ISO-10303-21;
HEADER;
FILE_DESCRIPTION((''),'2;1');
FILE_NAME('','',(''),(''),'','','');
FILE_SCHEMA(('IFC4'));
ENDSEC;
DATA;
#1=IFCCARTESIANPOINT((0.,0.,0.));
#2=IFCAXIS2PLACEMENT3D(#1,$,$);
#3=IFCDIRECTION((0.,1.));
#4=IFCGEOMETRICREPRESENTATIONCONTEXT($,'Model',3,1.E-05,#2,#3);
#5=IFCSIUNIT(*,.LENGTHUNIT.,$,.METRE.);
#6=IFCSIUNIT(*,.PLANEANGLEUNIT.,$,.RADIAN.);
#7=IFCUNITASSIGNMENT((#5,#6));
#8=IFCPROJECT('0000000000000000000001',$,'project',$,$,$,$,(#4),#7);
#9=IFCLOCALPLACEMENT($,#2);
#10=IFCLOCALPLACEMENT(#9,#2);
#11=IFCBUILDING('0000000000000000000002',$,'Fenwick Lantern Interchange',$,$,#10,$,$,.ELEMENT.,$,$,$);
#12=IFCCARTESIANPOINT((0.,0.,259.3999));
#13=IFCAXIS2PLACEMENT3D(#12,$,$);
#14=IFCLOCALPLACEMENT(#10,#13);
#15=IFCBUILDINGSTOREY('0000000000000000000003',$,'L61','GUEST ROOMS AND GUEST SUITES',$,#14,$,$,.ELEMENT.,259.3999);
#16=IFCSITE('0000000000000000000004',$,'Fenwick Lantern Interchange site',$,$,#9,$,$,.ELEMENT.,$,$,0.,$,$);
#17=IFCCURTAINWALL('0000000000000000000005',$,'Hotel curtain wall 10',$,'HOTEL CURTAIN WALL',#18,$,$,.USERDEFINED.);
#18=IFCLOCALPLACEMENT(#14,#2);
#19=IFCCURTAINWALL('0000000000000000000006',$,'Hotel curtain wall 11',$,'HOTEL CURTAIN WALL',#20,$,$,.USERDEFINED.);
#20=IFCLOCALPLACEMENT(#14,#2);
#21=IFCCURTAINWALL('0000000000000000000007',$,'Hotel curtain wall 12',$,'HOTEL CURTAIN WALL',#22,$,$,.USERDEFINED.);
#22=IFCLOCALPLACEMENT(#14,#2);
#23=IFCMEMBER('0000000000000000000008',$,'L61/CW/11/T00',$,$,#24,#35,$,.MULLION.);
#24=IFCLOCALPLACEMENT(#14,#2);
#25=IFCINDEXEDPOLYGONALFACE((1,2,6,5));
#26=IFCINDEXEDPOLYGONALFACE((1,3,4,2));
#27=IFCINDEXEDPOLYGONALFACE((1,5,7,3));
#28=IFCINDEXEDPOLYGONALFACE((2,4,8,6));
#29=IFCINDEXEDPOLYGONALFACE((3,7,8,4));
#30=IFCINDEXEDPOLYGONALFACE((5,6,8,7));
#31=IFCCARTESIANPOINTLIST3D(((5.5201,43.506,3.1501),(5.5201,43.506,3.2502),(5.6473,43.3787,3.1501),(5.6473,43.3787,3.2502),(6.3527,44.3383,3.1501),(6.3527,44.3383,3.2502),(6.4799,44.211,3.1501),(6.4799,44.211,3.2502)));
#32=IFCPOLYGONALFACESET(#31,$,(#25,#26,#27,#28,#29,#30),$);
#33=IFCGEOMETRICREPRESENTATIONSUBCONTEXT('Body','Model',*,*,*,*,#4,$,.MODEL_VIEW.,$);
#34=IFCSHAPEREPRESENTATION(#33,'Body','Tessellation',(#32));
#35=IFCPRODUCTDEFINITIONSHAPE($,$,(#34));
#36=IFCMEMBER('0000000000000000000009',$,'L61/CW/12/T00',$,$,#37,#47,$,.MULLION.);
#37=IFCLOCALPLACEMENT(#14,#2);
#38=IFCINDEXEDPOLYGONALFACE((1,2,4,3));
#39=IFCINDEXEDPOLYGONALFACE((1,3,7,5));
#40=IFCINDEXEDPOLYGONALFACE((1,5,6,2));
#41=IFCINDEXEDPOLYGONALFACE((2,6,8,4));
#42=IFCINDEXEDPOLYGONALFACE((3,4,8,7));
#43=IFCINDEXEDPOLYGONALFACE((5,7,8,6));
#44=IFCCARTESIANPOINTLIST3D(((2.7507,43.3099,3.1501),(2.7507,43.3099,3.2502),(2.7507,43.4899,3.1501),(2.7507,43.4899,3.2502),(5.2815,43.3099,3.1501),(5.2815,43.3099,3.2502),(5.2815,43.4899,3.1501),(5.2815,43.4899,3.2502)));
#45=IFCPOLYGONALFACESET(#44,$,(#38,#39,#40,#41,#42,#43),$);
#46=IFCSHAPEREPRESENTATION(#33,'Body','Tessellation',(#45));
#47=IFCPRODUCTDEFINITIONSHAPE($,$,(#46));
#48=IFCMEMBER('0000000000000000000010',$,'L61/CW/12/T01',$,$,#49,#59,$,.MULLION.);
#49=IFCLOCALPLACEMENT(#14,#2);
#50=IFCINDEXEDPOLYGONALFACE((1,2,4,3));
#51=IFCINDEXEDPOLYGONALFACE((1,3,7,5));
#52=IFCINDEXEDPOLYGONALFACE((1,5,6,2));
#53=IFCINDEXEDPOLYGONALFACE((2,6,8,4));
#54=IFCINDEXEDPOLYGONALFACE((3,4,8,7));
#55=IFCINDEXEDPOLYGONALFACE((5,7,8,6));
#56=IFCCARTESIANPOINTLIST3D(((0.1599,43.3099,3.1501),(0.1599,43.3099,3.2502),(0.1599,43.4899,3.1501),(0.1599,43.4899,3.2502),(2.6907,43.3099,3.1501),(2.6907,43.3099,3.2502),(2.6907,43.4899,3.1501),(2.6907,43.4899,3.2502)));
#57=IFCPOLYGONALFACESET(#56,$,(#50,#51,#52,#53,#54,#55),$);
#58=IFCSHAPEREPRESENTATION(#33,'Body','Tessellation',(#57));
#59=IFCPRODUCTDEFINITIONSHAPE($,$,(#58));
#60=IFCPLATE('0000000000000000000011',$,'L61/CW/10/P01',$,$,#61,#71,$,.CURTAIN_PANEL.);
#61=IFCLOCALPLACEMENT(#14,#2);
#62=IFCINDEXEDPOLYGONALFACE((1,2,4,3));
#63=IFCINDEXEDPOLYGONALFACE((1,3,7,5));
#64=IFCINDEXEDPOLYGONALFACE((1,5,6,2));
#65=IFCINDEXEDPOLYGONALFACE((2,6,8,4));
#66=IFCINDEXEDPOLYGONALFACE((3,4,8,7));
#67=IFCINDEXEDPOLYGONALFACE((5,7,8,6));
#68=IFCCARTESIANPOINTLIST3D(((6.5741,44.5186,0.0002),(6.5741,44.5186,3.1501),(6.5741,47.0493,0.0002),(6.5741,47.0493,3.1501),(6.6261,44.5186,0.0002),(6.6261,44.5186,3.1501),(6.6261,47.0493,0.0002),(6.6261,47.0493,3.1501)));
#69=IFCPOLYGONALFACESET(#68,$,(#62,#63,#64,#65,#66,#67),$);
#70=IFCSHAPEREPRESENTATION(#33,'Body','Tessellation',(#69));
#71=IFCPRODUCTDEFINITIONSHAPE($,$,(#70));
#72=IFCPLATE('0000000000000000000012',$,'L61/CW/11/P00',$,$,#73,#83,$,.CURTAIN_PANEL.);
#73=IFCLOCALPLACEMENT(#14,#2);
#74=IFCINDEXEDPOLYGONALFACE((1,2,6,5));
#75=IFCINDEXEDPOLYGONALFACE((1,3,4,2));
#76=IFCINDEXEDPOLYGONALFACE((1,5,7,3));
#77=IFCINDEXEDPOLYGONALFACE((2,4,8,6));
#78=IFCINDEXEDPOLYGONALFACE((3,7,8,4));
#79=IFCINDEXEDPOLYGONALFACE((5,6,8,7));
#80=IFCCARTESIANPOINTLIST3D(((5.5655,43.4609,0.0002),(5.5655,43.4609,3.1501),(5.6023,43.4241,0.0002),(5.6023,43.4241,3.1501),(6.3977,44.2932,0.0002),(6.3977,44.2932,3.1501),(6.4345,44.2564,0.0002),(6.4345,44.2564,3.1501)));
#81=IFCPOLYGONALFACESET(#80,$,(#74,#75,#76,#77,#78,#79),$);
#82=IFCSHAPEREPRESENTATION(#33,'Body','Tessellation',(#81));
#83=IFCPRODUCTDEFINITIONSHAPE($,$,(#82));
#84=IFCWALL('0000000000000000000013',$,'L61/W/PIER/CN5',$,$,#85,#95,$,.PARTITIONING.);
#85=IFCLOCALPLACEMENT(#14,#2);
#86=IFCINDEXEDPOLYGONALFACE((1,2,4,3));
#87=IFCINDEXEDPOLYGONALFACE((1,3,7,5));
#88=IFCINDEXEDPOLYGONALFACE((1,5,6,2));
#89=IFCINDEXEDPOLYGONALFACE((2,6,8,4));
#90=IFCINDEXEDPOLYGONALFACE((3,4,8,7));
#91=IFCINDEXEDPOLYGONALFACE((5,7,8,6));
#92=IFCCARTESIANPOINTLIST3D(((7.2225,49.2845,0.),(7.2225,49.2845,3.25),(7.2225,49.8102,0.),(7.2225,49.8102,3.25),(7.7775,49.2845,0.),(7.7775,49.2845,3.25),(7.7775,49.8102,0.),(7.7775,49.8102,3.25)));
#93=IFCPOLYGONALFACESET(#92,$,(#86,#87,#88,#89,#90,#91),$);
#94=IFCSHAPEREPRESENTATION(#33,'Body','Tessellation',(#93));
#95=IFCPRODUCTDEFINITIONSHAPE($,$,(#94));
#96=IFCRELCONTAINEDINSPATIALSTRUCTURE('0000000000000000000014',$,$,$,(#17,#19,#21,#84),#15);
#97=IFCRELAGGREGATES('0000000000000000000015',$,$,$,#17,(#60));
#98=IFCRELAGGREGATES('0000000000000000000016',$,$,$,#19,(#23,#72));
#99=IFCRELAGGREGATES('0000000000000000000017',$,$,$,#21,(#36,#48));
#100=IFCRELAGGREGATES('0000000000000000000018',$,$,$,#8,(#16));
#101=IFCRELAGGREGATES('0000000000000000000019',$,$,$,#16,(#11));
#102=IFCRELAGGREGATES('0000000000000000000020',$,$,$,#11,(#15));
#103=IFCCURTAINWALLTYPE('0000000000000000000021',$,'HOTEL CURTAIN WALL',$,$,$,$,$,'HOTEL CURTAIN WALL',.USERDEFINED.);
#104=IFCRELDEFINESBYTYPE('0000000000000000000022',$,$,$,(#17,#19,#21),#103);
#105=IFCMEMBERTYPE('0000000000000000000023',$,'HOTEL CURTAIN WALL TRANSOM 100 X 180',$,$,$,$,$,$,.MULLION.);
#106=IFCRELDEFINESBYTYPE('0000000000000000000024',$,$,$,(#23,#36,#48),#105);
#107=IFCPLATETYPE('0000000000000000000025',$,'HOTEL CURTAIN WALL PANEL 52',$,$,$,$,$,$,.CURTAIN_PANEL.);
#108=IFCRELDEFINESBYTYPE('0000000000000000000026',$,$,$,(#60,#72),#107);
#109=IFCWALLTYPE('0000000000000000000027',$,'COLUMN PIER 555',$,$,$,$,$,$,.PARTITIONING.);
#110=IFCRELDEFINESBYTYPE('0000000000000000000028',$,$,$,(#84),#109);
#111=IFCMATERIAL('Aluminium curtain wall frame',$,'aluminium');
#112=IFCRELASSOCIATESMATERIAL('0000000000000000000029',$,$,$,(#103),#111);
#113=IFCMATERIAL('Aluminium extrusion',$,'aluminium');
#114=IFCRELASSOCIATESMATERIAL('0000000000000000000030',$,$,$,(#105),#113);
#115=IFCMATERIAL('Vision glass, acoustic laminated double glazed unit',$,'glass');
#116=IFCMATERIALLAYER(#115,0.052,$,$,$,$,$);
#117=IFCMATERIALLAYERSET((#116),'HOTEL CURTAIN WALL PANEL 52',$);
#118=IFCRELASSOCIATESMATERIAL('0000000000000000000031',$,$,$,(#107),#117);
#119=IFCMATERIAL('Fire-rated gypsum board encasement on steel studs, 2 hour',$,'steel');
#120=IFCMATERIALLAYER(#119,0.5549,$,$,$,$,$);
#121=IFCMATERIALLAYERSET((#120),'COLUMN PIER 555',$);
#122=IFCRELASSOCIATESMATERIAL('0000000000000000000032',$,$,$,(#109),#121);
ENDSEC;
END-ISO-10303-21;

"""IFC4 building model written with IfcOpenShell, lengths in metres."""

from ifc_helpers import new_model, si_unit, direction, frame, frame_2d, origin, origin_2d, place, context, subcontext, project, spatial, rectangle, extrude, material, layer, layer_set, material_profile, profile_set, type_object, element, aggregate, save


model = new_model("IFC4")

# Units and contexts
model_context = context("Model", 3, precision=1e-05, world=origin(), true_north=direction((0.0, 1.0)))
body_context = subcontext(model_context, "Body", "Model", "MODEL_VIEW")
ifc_project = project(units=[si_unit("LENGTHUNIT", "METRE"), si_unit("PLANEANGLEUNIT", "RADIAN")], contexts=[model_context])

# Site, building, storey
site_placement = place(None, origin())
site = spatial("IfcSite", under=ifc_project, at=site_placement, Name="Fenwick Lantern Interchange site", CompositionType="ELEMENT", RefElevation=0.0)
building_placement = place(site_placement, origin())
building = spatial("IfcBuilding", under=site, at=building_placement, Name="Fenwick Lantern Interchange", CompositionType="ELEMENT")
storey_placement = place(building_placement, frame((0.0, 0.0, 259.3999)))
storey = spatial("IfcBuildingStorey", under=building, at=storey_placement, Name="L61", Description="GUEST ROOMS AND GUEST SUITES", CompositionType="ELEMENT", Elevation=259.3999)

# Shared definitions
ifc_material_1 = material(Name="Aluminium curtain wall frame", Category="aluminium")
curtain_wall_type = type_object("IfcCurtainWallType", Name="HOTEL CURTAIN WALL", ElementType="HOTEL CURTAIN WALL", PredefinedType="USERDEFINED", material=ifc_material_1)
ifc_material_2 = material(Name="Aluminium extrusion", Category="aluminium")

# Curtain walls
curtain_wall_1_placement = place(storey_placement, origin())
curtain_wall_1 = element("IfcCurtainWall", 1, at=curtain_wall_1_placement, inside=storey, type_object=curtain_wall_type, Name="Hotel curtain wall 10", ObjectType="HOTEL CURTAIN WALL", PredefinedType="USERDEFINED")
curtain_wall_2_placement = place(storey_placement, origin())
curtain_wall_2 = element("IfcCurtainWall", 2, at=curtain_wall_2_placement, inside=storey, type_object=curtain_wall_type, Name="Hotel curtain wall 11", ObjectType="HOTEL CURTAIN WALL", PredefinedType="USERDEFINED")
curtain_wall_3_placement = place(storey_placement, origin())
curtain_wall_3 = element("IfcCurtainWall", 3, at=curtain_wall_3_placement, inside=storey, type_object=curtain_wall_type, Name="Hotel curtain wall 12", ObjectType="HOTEL CURTAIN WALL", PredefinedType="USERDEFINED")

# Members
ifc_material_profile_1 = material_profile(ifc_material_2, rectangle(XDim=0.1799, YDim=0.1001, at=origin_2d()), Name="HOTEL CURTAIN WALL TRANSOM 100 X 180")
ifc_profile_set_1 = profile_set([ifc_material_profile_1], Name="Aluminium extrusion")
member_type_1 = type_object("IfcMemberType", Name="HOTEL CURTAIN WALL TRANSOM 100 X 180", PredefinedType="MULLION", material=ifc_profile_set_1)
member_1_placement = place(storey_placement, frame((6.4163, 44.2747, 3.2002), z_axis=(-0.70721, -0.707003, 0.0), x_axis=(0.707003, -0.70721, 0.0)))
member_1 = element("IfcMember", 4, at=member_1_placement, type_object=member_type_1, Name="L61/CW/11/T00", PredefinedType="MULLION", context=body_context, shape_type="SweptSolid", body=[
    extrude(rectangle(XDim=0.1799, YDim=0.1001, at=origin_2d()), origin(), (0.0, 0.0, 1.0), 1.1772),
])
member_2_placement = place(storey_placement, frame((5.2815, 43.3999, 3.2002), z_axis=(-1.0, 0.0, 0.0), x_axis=(0.0, -1.0, 0.0)))
member_2 = element("IfcMember", 5, at=member_2_placement, type_object=member_type_1, Name="L61/CW/12/T00", PredefinedType="MULLION", context=body_context, shape_type="SweptSolid", body=[
    extrude(rectangle(XDim=0.1799, YDim=0.1001, at=origin_2d()), origin(), (0.0, 0.0, 1.0), 2.5308),
])
member_3_placement = place(storey_placement, frame((2.6907, 43.3999, 3.2002), z_axis=(-1.0, 0.0, 0.0), x_axis=(0.0, -1.0, 0.0)))
member_3 = element("IfcMember", 6, at=member_3_placement, type_object=member_type_1, Name="L61/CW/12/T01", PredefinedType="MULLION", context=body_context, shape_type="SweptSolid", body=[
    extrude(rectangle(XDim=0.1799, YDim=0.1001, at=origin_2d()), origin(), (0.0, 0.0, 1.0), 2.5308),
])

# Plates
ifc_material_3 = material(Name="Vision glass, acoustic laminated double glazed unit", Category="glass")
ifc_layer_1 = layer(ifc_material_3, 0.052)
ifc_layer_set_1 = layer_set([ifc_layer_1], Name="HOTEL CURTAIN WALL PANEL 52")
plate_type = type_object("IfcPlateType", Name="HOTEL CURTAIN WALL PANEL 52", PredefinedType="CURTAIN_PANEL", material=ifc_layer_set_1)
plate_1_placement = place(storey_placement, frame((6.6001, 45.7839, 0.0002), z_axis=(0.0, 0.0, 1.0), x_axis=(0.0, -1.0, 0.0)))
plate_1 = element("IfcPlate", 7, at=plate_1_placement, type_object=plate_type, Name="L61/CW/10/P01", PredefinedType="CURTAIN_PANEL", context=body_context, shape_type="SweptSolid", body=[
    extrude(rectangle(XDim=2.5308, YDim=0.052, at=origin_2d()), origin(), (0.0, 0.0, 1.0), 3.1499),
])
aggregate(curtain_wall_1, [plate_1])
plate_2_placement = place(storey_placement, frame((6.0, 43.8586, 0.0002), z_axis=(0.0, 0.0, 1.0), x_axis=(-0.707107, -0.707107, 0.0)))
plate_2 = element("IfcPlate", 8, at=plate_2_placement, type_object=plate_type, Name="L61/CW/11/P00", PredefinedType="CURTAIN_PANEL", context=body_context, shape_type="SweptSolid", body=[
    extrude(rectangle(XDim=1.177, YDim=0.052, at=origin_2d()), origin(), (0.0, 0.0, 1.0), 3.1499),
])
aggregate(curtain_wall_2, [member_1, plate_2])
aggregate(curtain_wall_3, [member_2, member_3])

# Wall
ifc_material_4 = material(Name="Fire-rated gypsum board encasement on steel studs, 2 hour", Category="steel")
ifc_layer_2 = layer(ifc_material_4, 0.5549)
ifc_layer_set_2 = layer_set([ifc_layer_2], Name="COLUMN PIER 555")
wall_type = type_object("IfcWallType", Name="COLUMN PIER 555", PredefinedType="PARTITIONING", material=ifc_layer_set_2)
wall_placement = place(storey_placement, frame((7.5, 49.8101, 0.0), z_axis=(0.0, 0.0, 1.0), x_axis=(0.0, -1.0, 0.0)))
element("IfcWall", 9, at=wall_placement, inside=storey, type_object=wall_type, Name="L61/W/PIER/CN5", PredefinedType="PARTITIONING", context=body_context, shape_type="SweptSolid", body=[
    extrude(rectangle(XDim=0.5256, YDim=0.5549, at=frame_2d((0.2627, 0.0))), origin(), (0.0, 0.0, 1.0), 3.25),
])

save(model, "model.ifc")
